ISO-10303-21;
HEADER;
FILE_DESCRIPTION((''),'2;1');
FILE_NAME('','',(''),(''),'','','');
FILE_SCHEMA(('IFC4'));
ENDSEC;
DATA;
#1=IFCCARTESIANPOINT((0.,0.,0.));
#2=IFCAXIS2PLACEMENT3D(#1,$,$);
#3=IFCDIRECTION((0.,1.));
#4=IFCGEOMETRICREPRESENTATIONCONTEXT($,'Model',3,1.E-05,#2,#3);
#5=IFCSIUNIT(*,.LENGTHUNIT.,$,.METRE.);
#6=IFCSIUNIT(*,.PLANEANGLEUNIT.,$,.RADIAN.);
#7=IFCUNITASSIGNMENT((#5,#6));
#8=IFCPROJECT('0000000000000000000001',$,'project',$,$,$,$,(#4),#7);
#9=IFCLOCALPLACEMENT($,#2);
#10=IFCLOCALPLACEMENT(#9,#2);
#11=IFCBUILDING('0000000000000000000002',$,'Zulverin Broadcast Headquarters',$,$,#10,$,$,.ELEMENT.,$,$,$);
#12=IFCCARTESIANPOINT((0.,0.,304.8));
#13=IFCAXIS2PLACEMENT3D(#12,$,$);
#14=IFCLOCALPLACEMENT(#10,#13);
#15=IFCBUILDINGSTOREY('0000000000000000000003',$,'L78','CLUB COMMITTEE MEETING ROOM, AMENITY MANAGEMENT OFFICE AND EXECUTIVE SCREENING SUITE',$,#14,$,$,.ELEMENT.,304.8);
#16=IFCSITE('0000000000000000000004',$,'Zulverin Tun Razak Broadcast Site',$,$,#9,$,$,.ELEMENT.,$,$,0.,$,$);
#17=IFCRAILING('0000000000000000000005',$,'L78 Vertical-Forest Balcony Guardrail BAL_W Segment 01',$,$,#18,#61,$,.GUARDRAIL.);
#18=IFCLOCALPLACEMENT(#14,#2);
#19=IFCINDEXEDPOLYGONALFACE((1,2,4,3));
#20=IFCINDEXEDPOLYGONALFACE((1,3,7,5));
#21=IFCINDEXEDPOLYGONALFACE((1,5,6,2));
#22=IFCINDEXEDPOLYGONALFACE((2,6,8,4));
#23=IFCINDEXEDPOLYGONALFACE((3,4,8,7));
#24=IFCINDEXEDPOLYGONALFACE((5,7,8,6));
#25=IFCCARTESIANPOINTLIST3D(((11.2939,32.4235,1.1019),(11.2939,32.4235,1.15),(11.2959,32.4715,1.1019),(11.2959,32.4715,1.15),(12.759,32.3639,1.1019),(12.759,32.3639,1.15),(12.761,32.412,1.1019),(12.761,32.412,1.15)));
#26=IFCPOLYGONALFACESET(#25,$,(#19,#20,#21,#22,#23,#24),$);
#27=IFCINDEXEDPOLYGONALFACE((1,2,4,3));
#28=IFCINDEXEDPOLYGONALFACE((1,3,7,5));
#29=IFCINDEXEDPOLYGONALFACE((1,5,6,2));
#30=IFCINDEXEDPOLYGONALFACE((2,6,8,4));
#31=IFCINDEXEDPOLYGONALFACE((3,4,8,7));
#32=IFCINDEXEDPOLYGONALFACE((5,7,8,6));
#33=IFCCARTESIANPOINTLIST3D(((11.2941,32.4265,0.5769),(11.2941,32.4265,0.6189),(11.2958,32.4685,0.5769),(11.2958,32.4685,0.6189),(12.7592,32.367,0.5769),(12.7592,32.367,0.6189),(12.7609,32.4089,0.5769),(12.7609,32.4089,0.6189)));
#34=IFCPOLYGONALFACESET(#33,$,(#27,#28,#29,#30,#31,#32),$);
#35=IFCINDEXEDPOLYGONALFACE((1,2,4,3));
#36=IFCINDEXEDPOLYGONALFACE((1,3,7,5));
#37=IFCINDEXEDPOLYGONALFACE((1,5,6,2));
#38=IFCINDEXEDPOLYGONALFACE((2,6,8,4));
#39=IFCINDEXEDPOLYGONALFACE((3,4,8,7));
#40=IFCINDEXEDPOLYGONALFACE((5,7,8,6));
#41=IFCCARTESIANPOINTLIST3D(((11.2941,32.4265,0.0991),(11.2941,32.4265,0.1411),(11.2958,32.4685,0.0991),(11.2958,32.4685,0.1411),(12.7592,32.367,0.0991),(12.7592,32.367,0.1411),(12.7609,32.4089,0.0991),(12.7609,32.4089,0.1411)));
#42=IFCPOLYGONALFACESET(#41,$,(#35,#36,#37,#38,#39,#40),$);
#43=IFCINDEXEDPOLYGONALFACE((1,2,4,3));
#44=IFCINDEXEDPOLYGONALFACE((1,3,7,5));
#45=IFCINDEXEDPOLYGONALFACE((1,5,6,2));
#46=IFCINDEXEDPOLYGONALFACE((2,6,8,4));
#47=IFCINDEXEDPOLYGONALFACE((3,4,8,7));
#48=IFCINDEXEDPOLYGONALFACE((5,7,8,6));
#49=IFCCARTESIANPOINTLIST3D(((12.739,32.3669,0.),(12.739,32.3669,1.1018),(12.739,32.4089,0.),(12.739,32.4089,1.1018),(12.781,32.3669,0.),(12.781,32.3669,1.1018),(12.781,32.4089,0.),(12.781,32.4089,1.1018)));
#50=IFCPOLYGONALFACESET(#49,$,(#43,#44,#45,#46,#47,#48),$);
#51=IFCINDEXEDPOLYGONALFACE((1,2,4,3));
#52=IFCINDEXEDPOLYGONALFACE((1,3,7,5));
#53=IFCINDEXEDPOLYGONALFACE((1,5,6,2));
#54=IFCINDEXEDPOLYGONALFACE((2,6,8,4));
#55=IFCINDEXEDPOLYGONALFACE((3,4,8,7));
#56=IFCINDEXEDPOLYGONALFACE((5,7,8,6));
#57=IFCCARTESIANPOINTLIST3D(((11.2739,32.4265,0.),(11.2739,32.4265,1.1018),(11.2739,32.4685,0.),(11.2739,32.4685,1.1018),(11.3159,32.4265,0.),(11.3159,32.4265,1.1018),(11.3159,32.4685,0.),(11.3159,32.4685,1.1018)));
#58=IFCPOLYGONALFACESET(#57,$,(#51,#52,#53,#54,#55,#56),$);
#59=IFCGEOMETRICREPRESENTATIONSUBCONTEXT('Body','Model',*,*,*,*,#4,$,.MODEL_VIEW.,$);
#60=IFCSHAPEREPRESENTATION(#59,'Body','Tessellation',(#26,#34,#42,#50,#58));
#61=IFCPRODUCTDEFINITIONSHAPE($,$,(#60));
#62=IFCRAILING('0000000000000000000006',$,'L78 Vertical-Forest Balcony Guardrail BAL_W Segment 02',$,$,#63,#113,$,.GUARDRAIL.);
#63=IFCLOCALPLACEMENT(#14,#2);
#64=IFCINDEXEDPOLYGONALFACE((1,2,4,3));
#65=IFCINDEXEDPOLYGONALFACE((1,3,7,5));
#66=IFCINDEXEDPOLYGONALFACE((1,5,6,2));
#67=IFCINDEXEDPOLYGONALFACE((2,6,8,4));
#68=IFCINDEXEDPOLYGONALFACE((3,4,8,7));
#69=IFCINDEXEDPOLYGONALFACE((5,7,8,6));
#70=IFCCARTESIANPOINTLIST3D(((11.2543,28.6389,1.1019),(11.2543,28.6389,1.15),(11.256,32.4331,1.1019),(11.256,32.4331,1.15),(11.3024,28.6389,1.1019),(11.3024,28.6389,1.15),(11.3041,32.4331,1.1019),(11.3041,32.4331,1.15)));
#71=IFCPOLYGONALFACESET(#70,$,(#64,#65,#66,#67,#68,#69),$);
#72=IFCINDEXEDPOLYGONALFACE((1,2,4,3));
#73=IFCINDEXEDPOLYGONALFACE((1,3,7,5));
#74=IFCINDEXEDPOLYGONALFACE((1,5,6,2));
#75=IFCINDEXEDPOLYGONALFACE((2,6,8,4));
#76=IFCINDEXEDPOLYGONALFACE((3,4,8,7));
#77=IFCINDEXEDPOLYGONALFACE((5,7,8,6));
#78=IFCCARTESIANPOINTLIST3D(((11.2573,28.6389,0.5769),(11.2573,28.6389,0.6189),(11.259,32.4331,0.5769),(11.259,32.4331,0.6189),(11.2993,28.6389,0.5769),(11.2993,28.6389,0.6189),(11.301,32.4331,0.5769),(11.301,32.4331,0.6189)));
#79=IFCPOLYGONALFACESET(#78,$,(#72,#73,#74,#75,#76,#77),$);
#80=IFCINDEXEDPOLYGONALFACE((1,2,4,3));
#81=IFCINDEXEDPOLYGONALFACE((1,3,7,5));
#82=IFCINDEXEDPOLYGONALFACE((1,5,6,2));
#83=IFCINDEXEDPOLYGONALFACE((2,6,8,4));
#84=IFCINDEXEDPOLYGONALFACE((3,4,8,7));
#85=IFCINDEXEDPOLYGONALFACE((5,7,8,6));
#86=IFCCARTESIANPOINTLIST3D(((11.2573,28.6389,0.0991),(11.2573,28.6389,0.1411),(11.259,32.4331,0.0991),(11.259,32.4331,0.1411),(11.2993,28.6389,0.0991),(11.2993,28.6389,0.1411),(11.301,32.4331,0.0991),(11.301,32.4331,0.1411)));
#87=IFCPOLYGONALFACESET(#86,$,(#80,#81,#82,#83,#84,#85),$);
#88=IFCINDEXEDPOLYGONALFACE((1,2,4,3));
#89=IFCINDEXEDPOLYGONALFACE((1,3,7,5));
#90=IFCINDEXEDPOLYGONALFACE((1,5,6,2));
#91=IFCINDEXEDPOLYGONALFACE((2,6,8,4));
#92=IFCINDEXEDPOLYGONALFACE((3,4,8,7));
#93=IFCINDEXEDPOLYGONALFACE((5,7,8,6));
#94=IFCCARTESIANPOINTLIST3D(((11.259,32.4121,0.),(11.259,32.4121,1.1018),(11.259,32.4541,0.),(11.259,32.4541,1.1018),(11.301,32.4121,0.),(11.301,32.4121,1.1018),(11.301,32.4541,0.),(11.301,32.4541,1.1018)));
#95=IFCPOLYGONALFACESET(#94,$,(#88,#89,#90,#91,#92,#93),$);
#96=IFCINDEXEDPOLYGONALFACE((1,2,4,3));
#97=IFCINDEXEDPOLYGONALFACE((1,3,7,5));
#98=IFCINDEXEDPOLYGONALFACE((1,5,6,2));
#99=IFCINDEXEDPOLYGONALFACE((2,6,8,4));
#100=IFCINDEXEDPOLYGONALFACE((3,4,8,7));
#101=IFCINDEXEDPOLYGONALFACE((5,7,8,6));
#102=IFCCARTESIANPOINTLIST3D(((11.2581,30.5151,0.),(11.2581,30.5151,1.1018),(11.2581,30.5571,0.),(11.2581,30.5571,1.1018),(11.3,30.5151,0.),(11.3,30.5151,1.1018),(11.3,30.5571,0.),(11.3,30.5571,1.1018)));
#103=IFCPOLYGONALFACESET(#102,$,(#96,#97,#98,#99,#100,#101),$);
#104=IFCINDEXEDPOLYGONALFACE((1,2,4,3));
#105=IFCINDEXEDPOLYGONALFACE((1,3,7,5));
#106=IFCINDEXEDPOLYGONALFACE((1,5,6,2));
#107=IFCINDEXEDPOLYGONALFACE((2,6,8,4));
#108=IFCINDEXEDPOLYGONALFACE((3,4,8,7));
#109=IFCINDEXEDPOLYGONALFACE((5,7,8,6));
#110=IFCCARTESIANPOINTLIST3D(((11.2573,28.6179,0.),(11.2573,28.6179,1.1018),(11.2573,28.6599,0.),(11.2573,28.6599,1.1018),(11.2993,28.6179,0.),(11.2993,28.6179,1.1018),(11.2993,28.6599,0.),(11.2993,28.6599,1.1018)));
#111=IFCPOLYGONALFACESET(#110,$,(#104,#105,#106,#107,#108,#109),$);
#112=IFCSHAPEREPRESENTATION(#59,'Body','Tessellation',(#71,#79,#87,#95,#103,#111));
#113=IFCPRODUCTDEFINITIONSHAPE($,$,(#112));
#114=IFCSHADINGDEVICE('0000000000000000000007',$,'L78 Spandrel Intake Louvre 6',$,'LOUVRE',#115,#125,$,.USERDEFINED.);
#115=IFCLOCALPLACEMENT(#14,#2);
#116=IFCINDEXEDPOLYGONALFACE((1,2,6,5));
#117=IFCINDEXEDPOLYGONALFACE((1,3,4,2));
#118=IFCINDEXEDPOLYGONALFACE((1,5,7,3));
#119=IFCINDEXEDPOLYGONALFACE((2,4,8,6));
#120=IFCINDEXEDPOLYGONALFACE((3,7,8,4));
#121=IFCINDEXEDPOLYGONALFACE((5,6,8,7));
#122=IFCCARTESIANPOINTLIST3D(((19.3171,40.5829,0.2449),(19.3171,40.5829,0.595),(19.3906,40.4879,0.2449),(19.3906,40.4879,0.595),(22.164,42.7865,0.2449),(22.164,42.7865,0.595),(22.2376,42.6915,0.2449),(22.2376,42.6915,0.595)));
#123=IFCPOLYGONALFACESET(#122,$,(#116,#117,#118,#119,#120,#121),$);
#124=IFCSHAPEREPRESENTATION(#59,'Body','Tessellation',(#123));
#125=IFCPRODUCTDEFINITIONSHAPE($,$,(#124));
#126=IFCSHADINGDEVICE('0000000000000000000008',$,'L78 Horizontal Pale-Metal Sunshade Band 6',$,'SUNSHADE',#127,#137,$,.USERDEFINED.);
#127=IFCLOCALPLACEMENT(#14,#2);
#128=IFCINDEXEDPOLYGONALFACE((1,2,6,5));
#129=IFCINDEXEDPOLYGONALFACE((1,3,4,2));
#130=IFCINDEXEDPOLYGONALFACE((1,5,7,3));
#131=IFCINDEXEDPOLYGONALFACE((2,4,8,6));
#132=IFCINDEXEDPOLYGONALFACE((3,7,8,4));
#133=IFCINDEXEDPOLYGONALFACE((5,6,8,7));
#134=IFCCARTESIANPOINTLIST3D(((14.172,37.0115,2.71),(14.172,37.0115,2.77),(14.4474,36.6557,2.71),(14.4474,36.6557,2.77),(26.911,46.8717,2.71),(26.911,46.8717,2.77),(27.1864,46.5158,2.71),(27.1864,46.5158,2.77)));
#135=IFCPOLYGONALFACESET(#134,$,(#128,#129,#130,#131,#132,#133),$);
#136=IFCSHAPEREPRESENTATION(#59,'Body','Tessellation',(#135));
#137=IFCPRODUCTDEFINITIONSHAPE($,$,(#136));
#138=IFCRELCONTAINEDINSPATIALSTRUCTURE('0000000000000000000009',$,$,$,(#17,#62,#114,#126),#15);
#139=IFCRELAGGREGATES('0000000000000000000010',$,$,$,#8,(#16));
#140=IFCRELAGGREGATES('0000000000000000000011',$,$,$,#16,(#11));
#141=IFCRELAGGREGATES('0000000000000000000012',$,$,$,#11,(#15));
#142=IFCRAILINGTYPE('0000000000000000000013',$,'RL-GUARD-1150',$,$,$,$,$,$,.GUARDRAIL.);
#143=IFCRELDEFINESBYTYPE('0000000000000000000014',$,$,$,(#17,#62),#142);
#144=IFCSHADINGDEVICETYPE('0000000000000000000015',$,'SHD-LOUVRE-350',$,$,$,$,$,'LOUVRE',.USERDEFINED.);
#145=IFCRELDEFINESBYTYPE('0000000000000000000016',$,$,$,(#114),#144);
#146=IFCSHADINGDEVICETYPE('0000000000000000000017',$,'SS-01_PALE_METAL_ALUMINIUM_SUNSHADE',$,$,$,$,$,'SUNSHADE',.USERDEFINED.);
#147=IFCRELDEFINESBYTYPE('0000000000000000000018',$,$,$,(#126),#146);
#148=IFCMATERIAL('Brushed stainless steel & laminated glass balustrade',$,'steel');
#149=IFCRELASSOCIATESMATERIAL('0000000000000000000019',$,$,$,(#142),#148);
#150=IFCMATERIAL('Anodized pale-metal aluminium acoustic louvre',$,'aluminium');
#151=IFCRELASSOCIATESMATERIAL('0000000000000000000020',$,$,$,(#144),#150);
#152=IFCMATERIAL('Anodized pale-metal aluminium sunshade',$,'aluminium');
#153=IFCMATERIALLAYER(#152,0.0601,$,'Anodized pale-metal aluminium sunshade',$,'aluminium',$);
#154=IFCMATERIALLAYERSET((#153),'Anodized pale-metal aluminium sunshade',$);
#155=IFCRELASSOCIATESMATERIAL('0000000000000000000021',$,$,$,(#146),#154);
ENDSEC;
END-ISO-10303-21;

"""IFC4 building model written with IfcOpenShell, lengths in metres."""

from ifc_helpers import new_model, si_unit, direction, frame, origin, origin_2d, place, context, subcontext, project, spatial, rectangle, extrude, material, layer, layer_set, type_object, element, save


model = new_model("IFC4")

# Units and contexts
model_context = context("Model", 3, precision=1e-05, world=origin(), true_north=direction((0.0, 1.0)))
body_context = subcontext(model_context, "Body", "Model", "MODEL_VIEW")
ifc_project = project(units=[si_unit("LENGTHUNIT", "METRE"), si_unit("PLANEANGLEUNIT", "RADIAN")], contexts=[model_context])

# Site, building, storey
site_placement = place(None, origin())
site = spatial("IfcSite", under=ifc_project, at=site_placement, Name="Zulverin Tun Razak Broadcast Site", CompositionType="ELEMENT", RefElevation=0.0)
building_placement = place(site_placement, origin())
building = spatial("IfcBuilding", under=site, at=building_placement, Name="Zulverin Broadcast Headquarters", CompositionType="ELEMENT")
storey_placement = place(building_placement, frame((0.0, 0.0, 304.8)))
storey = spatial("IfcBuildingStorey", under=building, at=storey_placement, Name="L78", Description="CLUB COMMITTEE MEETING ROOM, AMENITY MANAGEMENT OFFICE AND EXECUTIVE SCREENING SUITE", CompositionType="ELEMENT", Elevation=304.8)

# Railings
ifc_material_1 = material(Name="Brushed stainless steel & laminated glass balustrade", Category="steel")
railing_type = type_object("IfcRailingType", Name="RL-GUARD-1150", PredefinedType="GUARDRAIL", material=ifc_material_1)
railing_1_placement = place(storey_placement, frame((12.76, 32.3879, 0.0)))
element("IfcRailing", 1, at=railing_1_placement, inside=storey, type_object=railing_type, Name="L78 Vertical-Forest Balcony Guardrail BAL_W Segment 01", PredefinedType="GUARDRAIL", context=body_context, shape_type="SweptSolid", body=[
    extrude(rectangle(XDim=0.0481, YDim=0.0481, at=origin_2d()), frame((0.0, 0.0, 1.126), z_axis=(-0.999174, 0.040626, 0.0), x_axis=(-0.040626, -0.999174, 0.0)), (0.0, 0.0, 1.0), 1.4663),
    extrude(rectangle(XDim=0.042, YDim=0.042, at=origin_2d()), frame((0.0, 0.0, 0.5979), z_axis=(-0.999174, 0.040626, 0.0), x_axis=(-0.040626, -0.999174, 0.0)), (0.0, 0.0, 1.0), 1.4663),
    extrude(rectangle(XDim=0.042, YDim=0.042, at=origin_2d()), frame((0.0, 0.0, 0.1201), z_axis=(-0.999174, 0.040626, 0.0), x_axis=(-0.040626, -0.999174, 0.0)), (0.0, 0.0, 1.0), 1.4663),
    extrude(rectangle(XDim=0.042, YDim=0.042, at=origin_2d()), origin(), (0.0, 0.0, 1.0), 1.1018),
    extrude(rectangle(XDim=0.042, YDim=0.042, at=origin_2d()), frame((-1.4651, 0.0596, 0.0)), (0.0, 0.0, 1.0), 1.1018),
])
railing_2_placement = place(storey_placement, frame((11.28, 32.4331, 0.0)))
element("IfcRailing", 2, at=railing_2_placement, inside=storey, type_object=railing_type, Name="L78 Vertical-Forest Balcony Guardrail BAL_W Segment 02", PredefinedType="GUARDRAIL", context=body_context, shape_type="SweptSolid", body=[
    extrude(rectangle(XDim=0.0481, YDim=0.0481, at=origin_2d()), frame((0.0, 0.0, 1.126), z_axis=(-0.00045, -1.0, 0.0), x_axis=(1.0, -0.00045, 0.0)), (0.0, 0.0, 1.0), 3.7942),
    extrude(rectangle(XDim=0.042, YDim=0.042, at=origin_2d()), frame((0.0, 0.0, 0.5979), z_axis=(-0.00045, -1.0, 0.0), x_axis=(1.0, -0.00045, 0.0)), (0.0, 0.0, 1.0), 3.7942),
    extrude(rectangle(XDim=0.042, YDim=0.042, at=origin_2d()), frame((0.0, 0.0, 0.1201), z_axis=(-0.00045, -1.0, 0.0), x_axis=(1.0, -0.00045, 0.0)), (0.0, 0.0, 1.0), 3.7942),
    extrude(rectangle(XDim=0.042, YDim=0.042, at=origin_2d()), origin(), (0.0, 0.0, 1.0), 1.1018),
    extrude(rectangle(XDim=0.042, YDim=0.042, at=origin_2d()), frame((-0.001, -1.897, 0.0)), (0.0, 0.0, 1.0), 1.1018),
    extrude(rectangle(XDim=0.042, YDim=0.042, at=origin_2d()), frame((-0.0017, -3.7942, 0.0)), (0.0, 0.0, 1.0), 1.1018),
])

# Shading devices
ifc_material_2 = material(Name="Anodized pale-metal aluminium acoustic louvre", Category="aluminium")
shading_device_type_1 = type_object("IfcShadingDeviceType", Name="SHD-LOUVRE-350", ElementType="LOUVRE", PredefinedType="USERDEFINED", material=ifc_material_2)
shading_device_1_placement = place(storey_placement, frame((20.7773, 41.6372, 0.2449), z_axis=(0.0, 0.0, 1.0), x_axis=(-0.790792, -0.612085, 0.0)))
element("IfcShadingDevice", 3, at=shading_device_1_placement, inside=storey, type_object=shading_device_type_1, Name="L78 Spandrel Intake Louvre 6", ObjectType="LOUVRE", PredefinedType="USERDEFINED", context=body_context, shape_type="SweptSolid", body=[
    extrude(rectangle(XDim=3.6001, YDim=0.1201, at=origin_2d()), origin(), (0.0, 0.0, 1.0), 0.3501),
])
ifc_material_3 = material(Name="Anodized pale-metal aluminium sunshade", Category="aluminium")
ifc_layer_1 = layer(ifc_material_3, 0.0601, Name="Anodized pale-metal aluminium sunshade", Category="aluminium")
ifc_layer_set_1 = layer_set([ifc_layer_1], Name="Anodized pale-metal aluminium sunshade")
shading_device_type_2 = type_object("IfcShadingDeviceType", Name="SS-01_PALE_METAL_ALUMINIUM_SUNSHADE", ElementType="SUNSHADE", PredefinedType="USERDEFINED", material=ifc_layer_set_1)
shading_device_2_placement = place(storey_placement, frame((20.6792, 41.7637, 2.71), z_axis=(0.0, 0.0, 1.0), x_axis=(-0.790792, -0.612085, 0.0)))
element("IfcShadingDevice", 4, at=shading_device_2_placement, inside=storey, type_object=shading_device_type_2, Name="L78 Horizontal Pale-Metal Sunshade Band 6", ObjectType="SUNSHADE", PredefinedType="USERDEFINED", context=body_context, shape_type="SweptSolid", body=[
    extrude(rectangle(XDim=16.1091, YDim=0.45, at=origin_2d()), origin(), (0.0, 0.0, 1.0), 0.0601),
])

save(model, "model.ifc")
